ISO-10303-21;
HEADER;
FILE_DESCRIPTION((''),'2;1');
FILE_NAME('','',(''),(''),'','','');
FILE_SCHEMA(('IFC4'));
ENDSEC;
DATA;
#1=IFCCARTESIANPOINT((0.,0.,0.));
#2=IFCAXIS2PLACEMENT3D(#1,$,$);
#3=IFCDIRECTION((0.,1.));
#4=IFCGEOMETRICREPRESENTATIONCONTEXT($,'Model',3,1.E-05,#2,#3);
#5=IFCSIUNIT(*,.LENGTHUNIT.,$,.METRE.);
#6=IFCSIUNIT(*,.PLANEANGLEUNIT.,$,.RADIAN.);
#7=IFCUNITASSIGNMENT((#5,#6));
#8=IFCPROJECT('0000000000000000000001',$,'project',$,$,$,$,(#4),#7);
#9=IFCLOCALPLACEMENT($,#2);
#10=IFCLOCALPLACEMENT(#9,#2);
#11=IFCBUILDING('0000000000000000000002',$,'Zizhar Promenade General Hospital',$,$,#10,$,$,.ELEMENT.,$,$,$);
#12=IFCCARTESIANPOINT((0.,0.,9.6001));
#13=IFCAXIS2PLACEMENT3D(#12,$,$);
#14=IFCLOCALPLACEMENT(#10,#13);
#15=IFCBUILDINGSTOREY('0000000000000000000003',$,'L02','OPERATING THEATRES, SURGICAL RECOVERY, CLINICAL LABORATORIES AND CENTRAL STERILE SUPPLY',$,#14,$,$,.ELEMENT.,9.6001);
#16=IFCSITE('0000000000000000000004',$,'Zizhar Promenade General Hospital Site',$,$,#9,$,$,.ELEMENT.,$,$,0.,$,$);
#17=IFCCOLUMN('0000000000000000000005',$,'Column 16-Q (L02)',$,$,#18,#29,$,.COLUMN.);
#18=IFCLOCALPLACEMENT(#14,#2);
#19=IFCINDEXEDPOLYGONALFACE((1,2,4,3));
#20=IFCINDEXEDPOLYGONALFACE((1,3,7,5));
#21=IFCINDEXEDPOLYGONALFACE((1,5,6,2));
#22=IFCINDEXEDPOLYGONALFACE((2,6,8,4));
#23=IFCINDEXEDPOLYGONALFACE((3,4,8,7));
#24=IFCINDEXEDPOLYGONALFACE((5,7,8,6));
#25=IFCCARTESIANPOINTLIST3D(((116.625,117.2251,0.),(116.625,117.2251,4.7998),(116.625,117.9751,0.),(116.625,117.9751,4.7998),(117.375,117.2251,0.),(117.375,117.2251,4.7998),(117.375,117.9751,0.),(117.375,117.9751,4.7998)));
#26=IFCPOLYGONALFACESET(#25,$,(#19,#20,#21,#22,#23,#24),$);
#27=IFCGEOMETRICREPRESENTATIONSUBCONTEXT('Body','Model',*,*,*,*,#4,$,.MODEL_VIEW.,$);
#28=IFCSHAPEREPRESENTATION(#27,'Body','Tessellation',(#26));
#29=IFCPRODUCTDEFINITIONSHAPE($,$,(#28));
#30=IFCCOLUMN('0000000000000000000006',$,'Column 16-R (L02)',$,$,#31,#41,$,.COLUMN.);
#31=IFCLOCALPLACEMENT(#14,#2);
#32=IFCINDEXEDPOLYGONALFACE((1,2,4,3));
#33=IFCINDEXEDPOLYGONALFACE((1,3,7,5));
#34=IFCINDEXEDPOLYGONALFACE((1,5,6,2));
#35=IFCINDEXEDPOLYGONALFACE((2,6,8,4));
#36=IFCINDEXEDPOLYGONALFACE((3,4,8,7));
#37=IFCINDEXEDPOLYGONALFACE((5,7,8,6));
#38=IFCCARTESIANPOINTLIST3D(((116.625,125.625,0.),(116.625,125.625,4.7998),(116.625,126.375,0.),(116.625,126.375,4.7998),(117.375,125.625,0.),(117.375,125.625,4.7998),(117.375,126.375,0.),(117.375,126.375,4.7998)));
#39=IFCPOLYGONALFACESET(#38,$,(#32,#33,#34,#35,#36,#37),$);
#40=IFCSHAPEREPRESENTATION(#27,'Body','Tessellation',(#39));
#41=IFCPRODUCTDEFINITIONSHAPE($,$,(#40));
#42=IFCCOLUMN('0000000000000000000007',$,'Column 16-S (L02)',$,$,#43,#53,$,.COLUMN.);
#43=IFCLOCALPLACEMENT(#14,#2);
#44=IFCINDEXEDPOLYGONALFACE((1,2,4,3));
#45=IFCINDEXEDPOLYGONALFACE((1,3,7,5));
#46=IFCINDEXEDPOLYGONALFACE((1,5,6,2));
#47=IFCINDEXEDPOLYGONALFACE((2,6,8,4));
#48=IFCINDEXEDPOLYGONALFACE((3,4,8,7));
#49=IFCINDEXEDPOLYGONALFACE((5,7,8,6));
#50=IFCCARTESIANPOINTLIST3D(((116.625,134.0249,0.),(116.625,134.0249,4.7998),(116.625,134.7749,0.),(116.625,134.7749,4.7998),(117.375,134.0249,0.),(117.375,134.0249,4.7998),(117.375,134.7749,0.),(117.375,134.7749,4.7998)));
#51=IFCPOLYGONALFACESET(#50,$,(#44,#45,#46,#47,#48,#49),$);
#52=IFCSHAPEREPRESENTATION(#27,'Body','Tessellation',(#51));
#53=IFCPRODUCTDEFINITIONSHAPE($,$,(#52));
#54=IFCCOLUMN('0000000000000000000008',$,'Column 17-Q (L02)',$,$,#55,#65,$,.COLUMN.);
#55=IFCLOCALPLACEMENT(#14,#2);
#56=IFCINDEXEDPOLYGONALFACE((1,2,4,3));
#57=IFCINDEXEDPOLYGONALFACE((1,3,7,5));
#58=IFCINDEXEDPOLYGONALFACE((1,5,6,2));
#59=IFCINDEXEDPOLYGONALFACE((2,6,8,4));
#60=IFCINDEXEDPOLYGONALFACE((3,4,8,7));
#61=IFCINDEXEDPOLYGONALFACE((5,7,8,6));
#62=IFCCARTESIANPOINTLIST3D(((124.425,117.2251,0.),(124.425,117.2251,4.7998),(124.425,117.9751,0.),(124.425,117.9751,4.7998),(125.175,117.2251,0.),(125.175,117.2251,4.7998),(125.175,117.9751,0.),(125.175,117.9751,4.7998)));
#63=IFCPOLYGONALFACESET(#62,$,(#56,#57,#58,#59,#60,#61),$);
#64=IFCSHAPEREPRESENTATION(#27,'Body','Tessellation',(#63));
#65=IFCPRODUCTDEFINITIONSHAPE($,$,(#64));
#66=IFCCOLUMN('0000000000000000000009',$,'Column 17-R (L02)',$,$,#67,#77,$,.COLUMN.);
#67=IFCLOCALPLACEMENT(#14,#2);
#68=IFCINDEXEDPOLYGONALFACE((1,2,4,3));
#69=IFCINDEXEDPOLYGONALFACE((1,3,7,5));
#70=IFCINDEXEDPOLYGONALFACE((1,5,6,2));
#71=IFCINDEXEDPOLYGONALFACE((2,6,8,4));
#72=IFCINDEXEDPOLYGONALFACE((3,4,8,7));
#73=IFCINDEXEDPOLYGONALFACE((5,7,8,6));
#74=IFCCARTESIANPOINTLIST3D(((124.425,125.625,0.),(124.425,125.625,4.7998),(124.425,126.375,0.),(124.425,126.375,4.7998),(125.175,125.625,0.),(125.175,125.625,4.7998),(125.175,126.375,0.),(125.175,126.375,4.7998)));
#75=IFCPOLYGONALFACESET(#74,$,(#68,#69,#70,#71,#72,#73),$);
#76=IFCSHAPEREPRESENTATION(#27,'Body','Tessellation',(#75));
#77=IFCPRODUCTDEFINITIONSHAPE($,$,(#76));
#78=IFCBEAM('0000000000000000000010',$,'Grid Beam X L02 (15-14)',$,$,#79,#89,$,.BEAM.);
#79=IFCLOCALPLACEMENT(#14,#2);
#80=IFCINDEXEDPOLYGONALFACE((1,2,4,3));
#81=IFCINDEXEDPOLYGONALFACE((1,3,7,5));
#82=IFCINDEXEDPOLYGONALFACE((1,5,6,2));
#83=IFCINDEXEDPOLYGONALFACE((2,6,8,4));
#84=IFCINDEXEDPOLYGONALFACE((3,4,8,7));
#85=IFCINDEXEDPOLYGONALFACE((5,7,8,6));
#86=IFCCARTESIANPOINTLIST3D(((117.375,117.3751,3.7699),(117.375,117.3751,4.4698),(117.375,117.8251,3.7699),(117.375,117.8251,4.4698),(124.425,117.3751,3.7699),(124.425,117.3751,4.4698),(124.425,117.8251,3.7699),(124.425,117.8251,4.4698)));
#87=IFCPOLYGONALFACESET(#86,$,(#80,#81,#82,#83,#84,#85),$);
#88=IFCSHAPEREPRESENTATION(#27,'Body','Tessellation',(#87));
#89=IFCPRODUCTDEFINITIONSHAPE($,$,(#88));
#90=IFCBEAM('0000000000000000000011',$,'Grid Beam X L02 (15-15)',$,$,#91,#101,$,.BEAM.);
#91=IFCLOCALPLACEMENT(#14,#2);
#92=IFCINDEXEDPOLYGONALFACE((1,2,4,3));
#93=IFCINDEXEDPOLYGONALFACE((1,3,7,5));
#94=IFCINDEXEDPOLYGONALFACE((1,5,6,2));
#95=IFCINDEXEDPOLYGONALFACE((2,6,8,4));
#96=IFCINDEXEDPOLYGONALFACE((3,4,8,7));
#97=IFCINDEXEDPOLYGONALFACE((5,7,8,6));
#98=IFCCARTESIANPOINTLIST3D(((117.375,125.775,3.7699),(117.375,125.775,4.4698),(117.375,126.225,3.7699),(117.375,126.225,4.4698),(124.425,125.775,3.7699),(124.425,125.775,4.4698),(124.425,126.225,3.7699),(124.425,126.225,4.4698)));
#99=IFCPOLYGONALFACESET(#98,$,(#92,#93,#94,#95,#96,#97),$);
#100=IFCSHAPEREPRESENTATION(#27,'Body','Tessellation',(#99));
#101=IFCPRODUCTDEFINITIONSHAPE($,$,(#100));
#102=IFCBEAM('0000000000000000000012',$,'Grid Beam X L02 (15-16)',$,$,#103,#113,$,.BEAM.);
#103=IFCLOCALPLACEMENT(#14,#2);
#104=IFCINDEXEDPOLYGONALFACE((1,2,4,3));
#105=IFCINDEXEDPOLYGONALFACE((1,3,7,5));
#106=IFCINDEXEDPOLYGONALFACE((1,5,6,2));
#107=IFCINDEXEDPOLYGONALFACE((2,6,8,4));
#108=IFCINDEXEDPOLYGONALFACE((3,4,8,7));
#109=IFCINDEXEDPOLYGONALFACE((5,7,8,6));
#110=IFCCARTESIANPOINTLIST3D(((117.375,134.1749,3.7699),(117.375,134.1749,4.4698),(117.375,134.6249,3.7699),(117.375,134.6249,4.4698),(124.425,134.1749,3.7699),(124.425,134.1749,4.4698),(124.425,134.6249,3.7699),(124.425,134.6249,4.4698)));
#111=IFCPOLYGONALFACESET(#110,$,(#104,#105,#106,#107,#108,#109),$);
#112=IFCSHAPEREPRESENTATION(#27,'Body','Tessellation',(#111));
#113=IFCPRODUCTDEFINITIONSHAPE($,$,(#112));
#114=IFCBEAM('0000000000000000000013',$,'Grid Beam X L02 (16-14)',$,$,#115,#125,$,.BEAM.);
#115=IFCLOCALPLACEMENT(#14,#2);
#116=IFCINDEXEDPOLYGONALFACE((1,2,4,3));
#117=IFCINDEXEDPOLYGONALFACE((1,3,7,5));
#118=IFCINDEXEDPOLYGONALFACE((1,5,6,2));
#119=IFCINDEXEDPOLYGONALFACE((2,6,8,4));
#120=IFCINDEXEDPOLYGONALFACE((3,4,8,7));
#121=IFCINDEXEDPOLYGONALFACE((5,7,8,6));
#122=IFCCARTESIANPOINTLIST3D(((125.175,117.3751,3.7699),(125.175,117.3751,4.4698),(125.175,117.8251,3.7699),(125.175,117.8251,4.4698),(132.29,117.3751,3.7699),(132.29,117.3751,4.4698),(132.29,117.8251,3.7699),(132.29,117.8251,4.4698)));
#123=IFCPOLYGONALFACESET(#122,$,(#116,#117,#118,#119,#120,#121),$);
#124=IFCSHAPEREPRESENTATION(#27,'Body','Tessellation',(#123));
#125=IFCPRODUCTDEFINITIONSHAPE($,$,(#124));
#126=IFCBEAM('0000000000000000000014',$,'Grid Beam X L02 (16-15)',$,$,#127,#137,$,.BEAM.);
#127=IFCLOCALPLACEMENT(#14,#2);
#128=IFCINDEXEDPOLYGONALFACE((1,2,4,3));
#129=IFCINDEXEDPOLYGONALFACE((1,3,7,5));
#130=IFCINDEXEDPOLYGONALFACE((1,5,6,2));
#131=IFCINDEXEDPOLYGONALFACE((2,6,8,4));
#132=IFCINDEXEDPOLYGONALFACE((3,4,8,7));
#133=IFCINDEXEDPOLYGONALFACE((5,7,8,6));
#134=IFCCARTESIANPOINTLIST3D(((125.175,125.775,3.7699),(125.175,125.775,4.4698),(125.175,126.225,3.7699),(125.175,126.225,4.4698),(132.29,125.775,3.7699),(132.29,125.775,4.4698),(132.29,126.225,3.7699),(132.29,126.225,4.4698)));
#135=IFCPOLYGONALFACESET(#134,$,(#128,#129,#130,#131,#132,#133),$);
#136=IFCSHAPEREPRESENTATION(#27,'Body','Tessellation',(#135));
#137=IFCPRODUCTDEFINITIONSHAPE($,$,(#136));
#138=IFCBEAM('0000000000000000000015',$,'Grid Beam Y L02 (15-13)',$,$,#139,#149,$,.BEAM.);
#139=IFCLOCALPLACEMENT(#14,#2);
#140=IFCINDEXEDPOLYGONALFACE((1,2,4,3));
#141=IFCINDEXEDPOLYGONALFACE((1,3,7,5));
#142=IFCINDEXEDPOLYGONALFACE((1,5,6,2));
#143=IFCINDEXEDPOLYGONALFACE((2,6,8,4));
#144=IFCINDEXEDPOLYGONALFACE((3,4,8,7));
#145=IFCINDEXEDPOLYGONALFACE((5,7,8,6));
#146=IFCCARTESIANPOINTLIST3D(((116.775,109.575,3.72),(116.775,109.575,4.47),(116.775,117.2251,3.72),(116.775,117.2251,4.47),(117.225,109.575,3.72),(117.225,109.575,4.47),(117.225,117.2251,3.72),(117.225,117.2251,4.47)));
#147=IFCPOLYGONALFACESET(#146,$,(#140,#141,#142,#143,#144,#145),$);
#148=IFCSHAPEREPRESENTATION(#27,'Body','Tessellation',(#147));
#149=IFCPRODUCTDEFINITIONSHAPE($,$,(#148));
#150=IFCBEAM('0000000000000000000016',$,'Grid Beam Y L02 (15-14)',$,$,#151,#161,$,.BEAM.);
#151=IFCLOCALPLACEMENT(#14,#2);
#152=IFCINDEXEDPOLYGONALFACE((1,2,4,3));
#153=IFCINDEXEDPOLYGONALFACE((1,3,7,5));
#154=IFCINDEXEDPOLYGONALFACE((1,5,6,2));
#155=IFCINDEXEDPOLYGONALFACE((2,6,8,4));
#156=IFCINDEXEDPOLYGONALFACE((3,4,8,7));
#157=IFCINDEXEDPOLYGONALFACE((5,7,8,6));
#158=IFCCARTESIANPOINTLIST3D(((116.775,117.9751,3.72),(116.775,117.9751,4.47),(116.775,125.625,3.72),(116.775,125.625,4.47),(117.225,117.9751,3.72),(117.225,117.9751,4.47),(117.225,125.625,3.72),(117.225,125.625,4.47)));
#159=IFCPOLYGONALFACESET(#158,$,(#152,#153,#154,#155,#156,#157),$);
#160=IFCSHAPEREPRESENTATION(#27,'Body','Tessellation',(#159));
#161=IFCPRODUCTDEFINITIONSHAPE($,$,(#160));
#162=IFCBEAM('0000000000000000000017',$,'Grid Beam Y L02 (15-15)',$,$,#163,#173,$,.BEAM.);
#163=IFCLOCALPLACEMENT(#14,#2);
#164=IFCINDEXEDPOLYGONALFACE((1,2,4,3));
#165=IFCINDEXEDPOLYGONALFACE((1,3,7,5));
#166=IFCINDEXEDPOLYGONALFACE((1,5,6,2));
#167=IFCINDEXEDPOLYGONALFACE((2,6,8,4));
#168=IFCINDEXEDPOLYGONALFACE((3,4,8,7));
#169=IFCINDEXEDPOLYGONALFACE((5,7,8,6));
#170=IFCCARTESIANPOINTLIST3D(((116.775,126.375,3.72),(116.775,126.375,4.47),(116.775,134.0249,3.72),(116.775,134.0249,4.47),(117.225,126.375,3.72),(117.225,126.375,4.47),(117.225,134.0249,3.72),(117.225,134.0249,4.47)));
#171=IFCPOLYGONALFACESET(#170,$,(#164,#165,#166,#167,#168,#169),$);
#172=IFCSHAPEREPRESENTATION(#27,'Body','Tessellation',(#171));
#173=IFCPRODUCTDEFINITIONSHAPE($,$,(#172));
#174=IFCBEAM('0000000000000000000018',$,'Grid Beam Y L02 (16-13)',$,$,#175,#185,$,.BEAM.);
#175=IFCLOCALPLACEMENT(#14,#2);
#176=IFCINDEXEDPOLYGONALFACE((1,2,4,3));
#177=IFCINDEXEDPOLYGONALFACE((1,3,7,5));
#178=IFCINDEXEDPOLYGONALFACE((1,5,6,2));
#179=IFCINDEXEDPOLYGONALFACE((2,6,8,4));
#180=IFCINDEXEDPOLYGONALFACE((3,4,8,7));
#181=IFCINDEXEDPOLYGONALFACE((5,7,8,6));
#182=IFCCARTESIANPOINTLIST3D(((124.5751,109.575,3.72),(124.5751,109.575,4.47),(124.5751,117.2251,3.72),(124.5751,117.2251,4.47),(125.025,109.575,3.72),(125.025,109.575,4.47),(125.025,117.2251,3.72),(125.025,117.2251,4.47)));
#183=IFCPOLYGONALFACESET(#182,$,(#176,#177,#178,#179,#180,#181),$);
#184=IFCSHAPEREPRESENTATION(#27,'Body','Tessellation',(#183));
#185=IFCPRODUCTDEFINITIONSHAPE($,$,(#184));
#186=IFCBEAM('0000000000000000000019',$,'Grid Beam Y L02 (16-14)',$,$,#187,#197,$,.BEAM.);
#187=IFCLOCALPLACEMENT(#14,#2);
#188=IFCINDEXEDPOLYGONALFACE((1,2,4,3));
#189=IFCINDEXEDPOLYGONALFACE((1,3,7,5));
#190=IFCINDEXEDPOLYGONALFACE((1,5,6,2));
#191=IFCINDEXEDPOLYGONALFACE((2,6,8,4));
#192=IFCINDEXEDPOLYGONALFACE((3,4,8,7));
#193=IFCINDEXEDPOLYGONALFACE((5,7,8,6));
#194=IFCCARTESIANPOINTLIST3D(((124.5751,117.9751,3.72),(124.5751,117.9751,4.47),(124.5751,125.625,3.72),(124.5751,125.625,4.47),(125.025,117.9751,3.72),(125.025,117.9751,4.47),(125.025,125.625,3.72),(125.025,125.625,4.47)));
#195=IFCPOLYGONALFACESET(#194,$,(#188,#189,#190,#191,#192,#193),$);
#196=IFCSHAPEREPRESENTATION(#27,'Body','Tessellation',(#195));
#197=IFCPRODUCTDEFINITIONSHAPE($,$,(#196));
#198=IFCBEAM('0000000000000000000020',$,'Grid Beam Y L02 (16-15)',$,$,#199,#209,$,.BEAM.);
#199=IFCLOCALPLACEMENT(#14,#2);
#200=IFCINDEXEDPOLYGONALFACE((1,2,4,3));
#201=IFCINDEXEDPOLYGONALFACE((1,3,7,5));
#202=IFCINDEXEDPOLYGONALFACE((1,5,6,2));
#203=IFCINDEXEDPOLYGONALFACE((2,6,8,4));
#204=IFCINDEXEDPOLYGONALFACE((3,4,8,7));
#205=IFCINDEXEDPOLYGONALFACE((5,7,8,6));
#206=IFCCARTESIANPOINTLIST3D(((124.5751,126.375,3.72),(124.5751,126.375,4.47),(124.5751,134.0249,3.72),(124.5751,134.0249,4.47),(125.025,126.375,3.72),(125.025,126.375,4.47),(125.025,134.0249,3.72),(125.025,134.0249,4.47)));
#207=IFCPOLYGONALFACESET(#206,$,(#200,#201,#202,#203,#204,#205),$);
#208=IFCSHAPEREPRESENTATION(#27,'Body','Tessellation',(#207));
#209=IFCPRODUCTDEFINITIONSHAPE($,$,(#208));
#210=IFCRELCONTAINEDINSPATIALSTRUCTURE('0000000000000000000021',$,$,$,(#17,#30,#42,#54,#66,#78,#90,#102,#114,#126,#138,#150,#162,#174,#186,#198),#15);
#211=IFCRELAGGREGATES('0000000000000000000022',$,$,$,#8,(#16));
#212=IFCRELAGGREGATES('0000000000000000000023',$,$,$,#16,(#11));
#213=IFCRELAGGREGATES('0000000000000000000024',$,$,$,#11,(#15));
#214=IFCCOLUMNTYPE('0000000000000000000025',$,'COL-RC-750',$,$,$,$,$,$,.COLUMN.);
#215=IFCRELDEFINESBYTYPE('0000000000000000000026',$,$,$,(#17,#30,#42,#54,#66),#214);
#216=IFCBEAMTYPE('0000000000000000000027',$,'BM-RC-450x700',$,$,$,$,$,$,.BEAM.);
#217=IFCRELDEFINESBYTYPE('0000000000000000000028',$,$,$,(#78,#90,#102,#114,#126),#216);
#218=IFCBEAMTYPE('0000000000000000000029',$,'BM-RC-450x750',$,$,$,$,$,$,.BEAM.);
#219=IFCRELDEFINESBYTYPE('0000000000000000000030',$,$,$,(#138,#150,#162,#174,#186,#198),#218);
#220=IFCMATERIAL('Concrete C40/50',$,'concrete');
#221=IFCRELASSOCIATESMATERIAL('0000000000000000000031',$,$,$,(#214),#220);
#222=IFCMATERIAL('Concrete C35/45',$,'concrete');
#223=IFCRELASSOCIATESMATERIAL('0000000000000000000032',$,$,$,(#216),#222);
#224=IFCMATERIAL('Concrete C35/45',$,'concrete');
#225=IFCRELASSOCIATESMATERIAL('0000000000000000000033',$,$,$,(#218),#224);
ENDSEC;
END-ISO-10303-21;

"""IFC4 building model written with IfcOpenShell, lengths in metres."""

from ifc_helpers import new_model, si_unit, direction, frame, origin, origin_2d, place, context, subcontext, project, spatial, rectangle, extrude, material, material_profile, profile_set, type_object, element, save


model = new_model("IFC4")

# Units and contexts
model_context = context("Model", 3, precision=1e-05, world=origin(), true_north=direction((0.0, 1.0)))
body_context = subcontext(model_context, "Body", "Model", "MODEL_VIEW")
ifc_project = project(units=[si_unit("LENGTHUNIT", "METRE"), si_unit("PLANEANGLEUNIT", "RADIAN")], contexts=[model_context])

# Site, building, storey
site_placement = place(None, origin())
site = spatial("IfcSite", under=ifc_project, at=site_placement, Name="Zizhar Promenade General Hospital Site", CompositionType="ELEMENT", RefElevation=0.0)
building_placement = place(site_placement, origin())
building = spatial("IfcBuilding", under=site, at=building_placement, Name="Zizhar Promenade General Hospital", CompositionType="ELEMENT")
storey_placement = place(building_placement, frame((0.0, 0.0, 9.6001)))
storey = spatial("IfcBuildingStorey", under=building, at=storey_placement, Name="L02", Description="OPERATING THEATRES, SURGICAL RECOVERY, CLINICAL LABORATORIES AND CENTRAL STERILE SUPPLY", CompositionType="ELEMENT", Elevation=9.6001)

# Columns
ifc_material_1 = material(Name="Concrete C40/50", Category="concrete")
ifc_material_profile_1 = material_profile(ifc_material_1, rectangle(XDim=0.75, YDim=0.75, at=origin_2d()))
ifc_profile_set_1 = profile_set([ifc_material_profile_1], Name="Concrete C40/50")
column_type = type_object("IfcColumnType", Name="COL-RC-750", PredefinedType="COLUMN", material=ifc_profile_set_1)
for number, where, z_axis, x_axis, name in (
    (1, (117.0, 117.6001, 0.0), (0.0, 0.0, 1.0), (1.0, 0.0, 0.0), "Column 16-Q (L02)"),
    (2, (117.0, 126.0, 0.0), (0.0, 0.0, 1.0), (1.0, 0.0, 0.0), "Column 16-R (L02)"),
    (3, (117.0, 134.3999, 0.0), (0.0, 0.0, 1.0), (1.0, 0.0, 0.0), "Column 16-S (L02)"),
    (4, (124.8, 117.6001, 0.0), (0.0, 0.0, 1.0), (1.0, 0.0, 0.0), "Column 17-Q (L02)"),
    (5, (124.8, 126.0, 0.0), (0.0, 0.0, 1.0), (1.0, 0.0, 0.0), "Column 17-R (L02)"),
):
    element("IfcColumn", number, at=place(storey_placement, frame(where, z_axis=z_axis, x_axis=x_axis)), inside=storey, type_object=column_type, Name=name, PredefinedType="COLUMN", context=body_context, shape_type="SweptSolid", body=[
        extrude(rectangle(XDim=0.75, YDim=0.75, at=origin_2d()), origin(), (0.0, 0.0, 1.0), 4.7998),
    ])

# Beams
ifc_material_2 = material(Name="Concrete C35/45", Category="concrete")
ifc_material_profile_2 = material_profile(ifc_material_2, rectangle(XDim=0.45, YDim=0.7, at=origin_2d()))
ifc_profile_set_2 = profile_set([ifc_material_profile_2], Name="Concrete C35/45")
beam_type_1 = type_object("IfcBeamType", Name="BM-RC-450x700", PredefinedType="BEAM", material=ifc_profile_set_2)
for number, where, z_axis, x_axis, name in (
    (6, (117.375, 117.6001, 4.1199), (1.0, 0.0, 0.0), (0.0, 1.0, 0.0), "Grid Beam X L02 (15-14)"),
    (7, (117.375, 126.0, 4.1199), (1.0, 0.0, 0.0), (0.0, 1.0, 0.0), "Grid Beam X L02 (15-15)"),
    (8, (117.375, 134.3999, 4.1199), (1.0, 0.0, 0.0), (0.0, 1.0, 0.0), "Grid Beam X L02 (15-16)"),
):
    element("IfcBeam", number, at=place(storey_placement, frame(where, z_axis=z_axis, x_axis=x_axis)), inside=storey, type_object=beam_type_1, Name=name, PredefinedType="BEAM", context=body_context, shape_type="SweptSolid", body=[
        extrude(rectangle(XDim=0.45, YDim=0.7, at=origin_2d()), origin(), (0.0, 0.0, 1.0), 7.05),
    ])
for number, where, z_axis, x_axis, name in (
    (9, (125.175, 117.6001, 4.1199), (1.0, 0.0, 0.0), (0.0, 1.0, 0.0), "Grid Beam X L02 (16-14)"),
    (10, (125.175, 126.0, 4.1199), (1.0, 0.0, 0.0), (0.0, 1.0, 0.0), "Grid Beam X L02 (16-15)"),
):
    element("IfcBeam", number, at=place(storey_placement, frame(where, z_axis=z_axis, x_axis=x_axis)), inside=storey, type_object=beam_type_1, Name=name, PredefinedType="BEAM", context=body_context, shape_type="SweptSolid", body=[
        extrude(rectangle(XDim=0.45, YDim=0.7, at=origin_2d()), origin(), (0.0, 0.0, 1.0), 7.115),
    ])
ifc_material_3 = material(Name="Concrete C35/45", Category="concrete")
ifc_material_profile_3 = material_profile(ifc_material_3, rectangle(XDim=0.45, YDim=0.75, at=origin_2d()))
ifc_profile_set_3 = profile_set([ifc_material_profile_3], Name="Concrete C35/45")
beam_type_2 = type_object("IfcBeamType", Name="BM-RC-450x750", PredefinedType="BEAM", material=ifc_profile_set_3)
beam_1_placement = place(storey_placement, frame((117.0, 109.575, 4.095), z_axis=(0.0, 1.0, 0.0), x_axis=(-1.0, 0.0, 0.0)))
element("IfcBeam", 11, at=beam_1_placement, inside=storey, type_object=beam_type_2, Name="Grid Beam Y L02 (15-13)", PredefinedType="BEAM", context=body_context, shape_type="SweptSolid", body=[
    extrude(rectangle(XDim=0.45, YDim=0.75, at=origin_2d()), origin(), (0.0, 0.0, 1.0), 7.6501),
])
for number, where, z_axis, x_axis, name in (
    (12, (117.0, 117.9751, 4.095), (0.0, 1.0, 0.0), (-1.0, 0.0, 0.0), "Grid Beam Y L02 (15-14)"),
    (13, (117.0, 126.375, 4.095), (0.0, 1.0, 0.0), (-1.0, 0.0, 0.0), "Grid Beam Y L02 (15-15)"),
):
    element("IfcBeam", number, at=place(storey_placement, frame(where, z_axis=z_axis, x_axis=x_axis)), inside=storey, type_object=beam_type_2, Name=name, PredefinedType="BEAM", context=body_context, shape_type="SweptSolid", body=[
        extrude(rectangle(XDim=0.45, YDim=0.75, at=origin_2d()), origin(), (0.0, 0.0, 1.0), 7.6499),
    ])
beam_2_placement = place(storey_placement, frame((124.8, 109.575, 4.095), z_axis=(0.0, 1.0, 0.0), x_axis=(-1.0, 0.0, 0.0)))
element("IfcBeam", 14, at=beam_2_placement, inside=storey, type_object=beam_type_2, Name="Grid Beam Y L02 (16-13)", PredefinedType="BEAM", context=body_context, shape_type="SweptSolid", body=[
    extrude(rectangle(XDim=0.45, YDim=0.75, at=origin_2d()), origin(), (0.0, 0.0, 1.0), 7.6501),
])
for number, where, z_axis, x_axis, name in (
    (15, (124.8, 117.9751, 4.095), (0.0, 1.0, 0.0), (-1.0, 0.0, 0.0), "Grid Beam Y L02 (16-14)"),
    (16, (124.8, 126.375, 4.095), (0.0, 1.0, 0.0), (-1.0, 0.0, 0.0), "Grid Beam Y L02 (16-15)"),
):
    element("IfcBeam", number, at=place(storey_placement, frame(where, z_axis=z_axis, x_axis=x_axis)), inside=storey, type_object=beam_type_2, Name=name, PredefinedType="BEAM", context=body_context, shape_type="SweptSolid", body=[
        extrude(rectangle(XDim=0.45, YDim=0.75, at=origin_2d()), origin(), (0.0, 0.0, 1.0), 7.6499),
    ])

save(model, "model.ifc")
